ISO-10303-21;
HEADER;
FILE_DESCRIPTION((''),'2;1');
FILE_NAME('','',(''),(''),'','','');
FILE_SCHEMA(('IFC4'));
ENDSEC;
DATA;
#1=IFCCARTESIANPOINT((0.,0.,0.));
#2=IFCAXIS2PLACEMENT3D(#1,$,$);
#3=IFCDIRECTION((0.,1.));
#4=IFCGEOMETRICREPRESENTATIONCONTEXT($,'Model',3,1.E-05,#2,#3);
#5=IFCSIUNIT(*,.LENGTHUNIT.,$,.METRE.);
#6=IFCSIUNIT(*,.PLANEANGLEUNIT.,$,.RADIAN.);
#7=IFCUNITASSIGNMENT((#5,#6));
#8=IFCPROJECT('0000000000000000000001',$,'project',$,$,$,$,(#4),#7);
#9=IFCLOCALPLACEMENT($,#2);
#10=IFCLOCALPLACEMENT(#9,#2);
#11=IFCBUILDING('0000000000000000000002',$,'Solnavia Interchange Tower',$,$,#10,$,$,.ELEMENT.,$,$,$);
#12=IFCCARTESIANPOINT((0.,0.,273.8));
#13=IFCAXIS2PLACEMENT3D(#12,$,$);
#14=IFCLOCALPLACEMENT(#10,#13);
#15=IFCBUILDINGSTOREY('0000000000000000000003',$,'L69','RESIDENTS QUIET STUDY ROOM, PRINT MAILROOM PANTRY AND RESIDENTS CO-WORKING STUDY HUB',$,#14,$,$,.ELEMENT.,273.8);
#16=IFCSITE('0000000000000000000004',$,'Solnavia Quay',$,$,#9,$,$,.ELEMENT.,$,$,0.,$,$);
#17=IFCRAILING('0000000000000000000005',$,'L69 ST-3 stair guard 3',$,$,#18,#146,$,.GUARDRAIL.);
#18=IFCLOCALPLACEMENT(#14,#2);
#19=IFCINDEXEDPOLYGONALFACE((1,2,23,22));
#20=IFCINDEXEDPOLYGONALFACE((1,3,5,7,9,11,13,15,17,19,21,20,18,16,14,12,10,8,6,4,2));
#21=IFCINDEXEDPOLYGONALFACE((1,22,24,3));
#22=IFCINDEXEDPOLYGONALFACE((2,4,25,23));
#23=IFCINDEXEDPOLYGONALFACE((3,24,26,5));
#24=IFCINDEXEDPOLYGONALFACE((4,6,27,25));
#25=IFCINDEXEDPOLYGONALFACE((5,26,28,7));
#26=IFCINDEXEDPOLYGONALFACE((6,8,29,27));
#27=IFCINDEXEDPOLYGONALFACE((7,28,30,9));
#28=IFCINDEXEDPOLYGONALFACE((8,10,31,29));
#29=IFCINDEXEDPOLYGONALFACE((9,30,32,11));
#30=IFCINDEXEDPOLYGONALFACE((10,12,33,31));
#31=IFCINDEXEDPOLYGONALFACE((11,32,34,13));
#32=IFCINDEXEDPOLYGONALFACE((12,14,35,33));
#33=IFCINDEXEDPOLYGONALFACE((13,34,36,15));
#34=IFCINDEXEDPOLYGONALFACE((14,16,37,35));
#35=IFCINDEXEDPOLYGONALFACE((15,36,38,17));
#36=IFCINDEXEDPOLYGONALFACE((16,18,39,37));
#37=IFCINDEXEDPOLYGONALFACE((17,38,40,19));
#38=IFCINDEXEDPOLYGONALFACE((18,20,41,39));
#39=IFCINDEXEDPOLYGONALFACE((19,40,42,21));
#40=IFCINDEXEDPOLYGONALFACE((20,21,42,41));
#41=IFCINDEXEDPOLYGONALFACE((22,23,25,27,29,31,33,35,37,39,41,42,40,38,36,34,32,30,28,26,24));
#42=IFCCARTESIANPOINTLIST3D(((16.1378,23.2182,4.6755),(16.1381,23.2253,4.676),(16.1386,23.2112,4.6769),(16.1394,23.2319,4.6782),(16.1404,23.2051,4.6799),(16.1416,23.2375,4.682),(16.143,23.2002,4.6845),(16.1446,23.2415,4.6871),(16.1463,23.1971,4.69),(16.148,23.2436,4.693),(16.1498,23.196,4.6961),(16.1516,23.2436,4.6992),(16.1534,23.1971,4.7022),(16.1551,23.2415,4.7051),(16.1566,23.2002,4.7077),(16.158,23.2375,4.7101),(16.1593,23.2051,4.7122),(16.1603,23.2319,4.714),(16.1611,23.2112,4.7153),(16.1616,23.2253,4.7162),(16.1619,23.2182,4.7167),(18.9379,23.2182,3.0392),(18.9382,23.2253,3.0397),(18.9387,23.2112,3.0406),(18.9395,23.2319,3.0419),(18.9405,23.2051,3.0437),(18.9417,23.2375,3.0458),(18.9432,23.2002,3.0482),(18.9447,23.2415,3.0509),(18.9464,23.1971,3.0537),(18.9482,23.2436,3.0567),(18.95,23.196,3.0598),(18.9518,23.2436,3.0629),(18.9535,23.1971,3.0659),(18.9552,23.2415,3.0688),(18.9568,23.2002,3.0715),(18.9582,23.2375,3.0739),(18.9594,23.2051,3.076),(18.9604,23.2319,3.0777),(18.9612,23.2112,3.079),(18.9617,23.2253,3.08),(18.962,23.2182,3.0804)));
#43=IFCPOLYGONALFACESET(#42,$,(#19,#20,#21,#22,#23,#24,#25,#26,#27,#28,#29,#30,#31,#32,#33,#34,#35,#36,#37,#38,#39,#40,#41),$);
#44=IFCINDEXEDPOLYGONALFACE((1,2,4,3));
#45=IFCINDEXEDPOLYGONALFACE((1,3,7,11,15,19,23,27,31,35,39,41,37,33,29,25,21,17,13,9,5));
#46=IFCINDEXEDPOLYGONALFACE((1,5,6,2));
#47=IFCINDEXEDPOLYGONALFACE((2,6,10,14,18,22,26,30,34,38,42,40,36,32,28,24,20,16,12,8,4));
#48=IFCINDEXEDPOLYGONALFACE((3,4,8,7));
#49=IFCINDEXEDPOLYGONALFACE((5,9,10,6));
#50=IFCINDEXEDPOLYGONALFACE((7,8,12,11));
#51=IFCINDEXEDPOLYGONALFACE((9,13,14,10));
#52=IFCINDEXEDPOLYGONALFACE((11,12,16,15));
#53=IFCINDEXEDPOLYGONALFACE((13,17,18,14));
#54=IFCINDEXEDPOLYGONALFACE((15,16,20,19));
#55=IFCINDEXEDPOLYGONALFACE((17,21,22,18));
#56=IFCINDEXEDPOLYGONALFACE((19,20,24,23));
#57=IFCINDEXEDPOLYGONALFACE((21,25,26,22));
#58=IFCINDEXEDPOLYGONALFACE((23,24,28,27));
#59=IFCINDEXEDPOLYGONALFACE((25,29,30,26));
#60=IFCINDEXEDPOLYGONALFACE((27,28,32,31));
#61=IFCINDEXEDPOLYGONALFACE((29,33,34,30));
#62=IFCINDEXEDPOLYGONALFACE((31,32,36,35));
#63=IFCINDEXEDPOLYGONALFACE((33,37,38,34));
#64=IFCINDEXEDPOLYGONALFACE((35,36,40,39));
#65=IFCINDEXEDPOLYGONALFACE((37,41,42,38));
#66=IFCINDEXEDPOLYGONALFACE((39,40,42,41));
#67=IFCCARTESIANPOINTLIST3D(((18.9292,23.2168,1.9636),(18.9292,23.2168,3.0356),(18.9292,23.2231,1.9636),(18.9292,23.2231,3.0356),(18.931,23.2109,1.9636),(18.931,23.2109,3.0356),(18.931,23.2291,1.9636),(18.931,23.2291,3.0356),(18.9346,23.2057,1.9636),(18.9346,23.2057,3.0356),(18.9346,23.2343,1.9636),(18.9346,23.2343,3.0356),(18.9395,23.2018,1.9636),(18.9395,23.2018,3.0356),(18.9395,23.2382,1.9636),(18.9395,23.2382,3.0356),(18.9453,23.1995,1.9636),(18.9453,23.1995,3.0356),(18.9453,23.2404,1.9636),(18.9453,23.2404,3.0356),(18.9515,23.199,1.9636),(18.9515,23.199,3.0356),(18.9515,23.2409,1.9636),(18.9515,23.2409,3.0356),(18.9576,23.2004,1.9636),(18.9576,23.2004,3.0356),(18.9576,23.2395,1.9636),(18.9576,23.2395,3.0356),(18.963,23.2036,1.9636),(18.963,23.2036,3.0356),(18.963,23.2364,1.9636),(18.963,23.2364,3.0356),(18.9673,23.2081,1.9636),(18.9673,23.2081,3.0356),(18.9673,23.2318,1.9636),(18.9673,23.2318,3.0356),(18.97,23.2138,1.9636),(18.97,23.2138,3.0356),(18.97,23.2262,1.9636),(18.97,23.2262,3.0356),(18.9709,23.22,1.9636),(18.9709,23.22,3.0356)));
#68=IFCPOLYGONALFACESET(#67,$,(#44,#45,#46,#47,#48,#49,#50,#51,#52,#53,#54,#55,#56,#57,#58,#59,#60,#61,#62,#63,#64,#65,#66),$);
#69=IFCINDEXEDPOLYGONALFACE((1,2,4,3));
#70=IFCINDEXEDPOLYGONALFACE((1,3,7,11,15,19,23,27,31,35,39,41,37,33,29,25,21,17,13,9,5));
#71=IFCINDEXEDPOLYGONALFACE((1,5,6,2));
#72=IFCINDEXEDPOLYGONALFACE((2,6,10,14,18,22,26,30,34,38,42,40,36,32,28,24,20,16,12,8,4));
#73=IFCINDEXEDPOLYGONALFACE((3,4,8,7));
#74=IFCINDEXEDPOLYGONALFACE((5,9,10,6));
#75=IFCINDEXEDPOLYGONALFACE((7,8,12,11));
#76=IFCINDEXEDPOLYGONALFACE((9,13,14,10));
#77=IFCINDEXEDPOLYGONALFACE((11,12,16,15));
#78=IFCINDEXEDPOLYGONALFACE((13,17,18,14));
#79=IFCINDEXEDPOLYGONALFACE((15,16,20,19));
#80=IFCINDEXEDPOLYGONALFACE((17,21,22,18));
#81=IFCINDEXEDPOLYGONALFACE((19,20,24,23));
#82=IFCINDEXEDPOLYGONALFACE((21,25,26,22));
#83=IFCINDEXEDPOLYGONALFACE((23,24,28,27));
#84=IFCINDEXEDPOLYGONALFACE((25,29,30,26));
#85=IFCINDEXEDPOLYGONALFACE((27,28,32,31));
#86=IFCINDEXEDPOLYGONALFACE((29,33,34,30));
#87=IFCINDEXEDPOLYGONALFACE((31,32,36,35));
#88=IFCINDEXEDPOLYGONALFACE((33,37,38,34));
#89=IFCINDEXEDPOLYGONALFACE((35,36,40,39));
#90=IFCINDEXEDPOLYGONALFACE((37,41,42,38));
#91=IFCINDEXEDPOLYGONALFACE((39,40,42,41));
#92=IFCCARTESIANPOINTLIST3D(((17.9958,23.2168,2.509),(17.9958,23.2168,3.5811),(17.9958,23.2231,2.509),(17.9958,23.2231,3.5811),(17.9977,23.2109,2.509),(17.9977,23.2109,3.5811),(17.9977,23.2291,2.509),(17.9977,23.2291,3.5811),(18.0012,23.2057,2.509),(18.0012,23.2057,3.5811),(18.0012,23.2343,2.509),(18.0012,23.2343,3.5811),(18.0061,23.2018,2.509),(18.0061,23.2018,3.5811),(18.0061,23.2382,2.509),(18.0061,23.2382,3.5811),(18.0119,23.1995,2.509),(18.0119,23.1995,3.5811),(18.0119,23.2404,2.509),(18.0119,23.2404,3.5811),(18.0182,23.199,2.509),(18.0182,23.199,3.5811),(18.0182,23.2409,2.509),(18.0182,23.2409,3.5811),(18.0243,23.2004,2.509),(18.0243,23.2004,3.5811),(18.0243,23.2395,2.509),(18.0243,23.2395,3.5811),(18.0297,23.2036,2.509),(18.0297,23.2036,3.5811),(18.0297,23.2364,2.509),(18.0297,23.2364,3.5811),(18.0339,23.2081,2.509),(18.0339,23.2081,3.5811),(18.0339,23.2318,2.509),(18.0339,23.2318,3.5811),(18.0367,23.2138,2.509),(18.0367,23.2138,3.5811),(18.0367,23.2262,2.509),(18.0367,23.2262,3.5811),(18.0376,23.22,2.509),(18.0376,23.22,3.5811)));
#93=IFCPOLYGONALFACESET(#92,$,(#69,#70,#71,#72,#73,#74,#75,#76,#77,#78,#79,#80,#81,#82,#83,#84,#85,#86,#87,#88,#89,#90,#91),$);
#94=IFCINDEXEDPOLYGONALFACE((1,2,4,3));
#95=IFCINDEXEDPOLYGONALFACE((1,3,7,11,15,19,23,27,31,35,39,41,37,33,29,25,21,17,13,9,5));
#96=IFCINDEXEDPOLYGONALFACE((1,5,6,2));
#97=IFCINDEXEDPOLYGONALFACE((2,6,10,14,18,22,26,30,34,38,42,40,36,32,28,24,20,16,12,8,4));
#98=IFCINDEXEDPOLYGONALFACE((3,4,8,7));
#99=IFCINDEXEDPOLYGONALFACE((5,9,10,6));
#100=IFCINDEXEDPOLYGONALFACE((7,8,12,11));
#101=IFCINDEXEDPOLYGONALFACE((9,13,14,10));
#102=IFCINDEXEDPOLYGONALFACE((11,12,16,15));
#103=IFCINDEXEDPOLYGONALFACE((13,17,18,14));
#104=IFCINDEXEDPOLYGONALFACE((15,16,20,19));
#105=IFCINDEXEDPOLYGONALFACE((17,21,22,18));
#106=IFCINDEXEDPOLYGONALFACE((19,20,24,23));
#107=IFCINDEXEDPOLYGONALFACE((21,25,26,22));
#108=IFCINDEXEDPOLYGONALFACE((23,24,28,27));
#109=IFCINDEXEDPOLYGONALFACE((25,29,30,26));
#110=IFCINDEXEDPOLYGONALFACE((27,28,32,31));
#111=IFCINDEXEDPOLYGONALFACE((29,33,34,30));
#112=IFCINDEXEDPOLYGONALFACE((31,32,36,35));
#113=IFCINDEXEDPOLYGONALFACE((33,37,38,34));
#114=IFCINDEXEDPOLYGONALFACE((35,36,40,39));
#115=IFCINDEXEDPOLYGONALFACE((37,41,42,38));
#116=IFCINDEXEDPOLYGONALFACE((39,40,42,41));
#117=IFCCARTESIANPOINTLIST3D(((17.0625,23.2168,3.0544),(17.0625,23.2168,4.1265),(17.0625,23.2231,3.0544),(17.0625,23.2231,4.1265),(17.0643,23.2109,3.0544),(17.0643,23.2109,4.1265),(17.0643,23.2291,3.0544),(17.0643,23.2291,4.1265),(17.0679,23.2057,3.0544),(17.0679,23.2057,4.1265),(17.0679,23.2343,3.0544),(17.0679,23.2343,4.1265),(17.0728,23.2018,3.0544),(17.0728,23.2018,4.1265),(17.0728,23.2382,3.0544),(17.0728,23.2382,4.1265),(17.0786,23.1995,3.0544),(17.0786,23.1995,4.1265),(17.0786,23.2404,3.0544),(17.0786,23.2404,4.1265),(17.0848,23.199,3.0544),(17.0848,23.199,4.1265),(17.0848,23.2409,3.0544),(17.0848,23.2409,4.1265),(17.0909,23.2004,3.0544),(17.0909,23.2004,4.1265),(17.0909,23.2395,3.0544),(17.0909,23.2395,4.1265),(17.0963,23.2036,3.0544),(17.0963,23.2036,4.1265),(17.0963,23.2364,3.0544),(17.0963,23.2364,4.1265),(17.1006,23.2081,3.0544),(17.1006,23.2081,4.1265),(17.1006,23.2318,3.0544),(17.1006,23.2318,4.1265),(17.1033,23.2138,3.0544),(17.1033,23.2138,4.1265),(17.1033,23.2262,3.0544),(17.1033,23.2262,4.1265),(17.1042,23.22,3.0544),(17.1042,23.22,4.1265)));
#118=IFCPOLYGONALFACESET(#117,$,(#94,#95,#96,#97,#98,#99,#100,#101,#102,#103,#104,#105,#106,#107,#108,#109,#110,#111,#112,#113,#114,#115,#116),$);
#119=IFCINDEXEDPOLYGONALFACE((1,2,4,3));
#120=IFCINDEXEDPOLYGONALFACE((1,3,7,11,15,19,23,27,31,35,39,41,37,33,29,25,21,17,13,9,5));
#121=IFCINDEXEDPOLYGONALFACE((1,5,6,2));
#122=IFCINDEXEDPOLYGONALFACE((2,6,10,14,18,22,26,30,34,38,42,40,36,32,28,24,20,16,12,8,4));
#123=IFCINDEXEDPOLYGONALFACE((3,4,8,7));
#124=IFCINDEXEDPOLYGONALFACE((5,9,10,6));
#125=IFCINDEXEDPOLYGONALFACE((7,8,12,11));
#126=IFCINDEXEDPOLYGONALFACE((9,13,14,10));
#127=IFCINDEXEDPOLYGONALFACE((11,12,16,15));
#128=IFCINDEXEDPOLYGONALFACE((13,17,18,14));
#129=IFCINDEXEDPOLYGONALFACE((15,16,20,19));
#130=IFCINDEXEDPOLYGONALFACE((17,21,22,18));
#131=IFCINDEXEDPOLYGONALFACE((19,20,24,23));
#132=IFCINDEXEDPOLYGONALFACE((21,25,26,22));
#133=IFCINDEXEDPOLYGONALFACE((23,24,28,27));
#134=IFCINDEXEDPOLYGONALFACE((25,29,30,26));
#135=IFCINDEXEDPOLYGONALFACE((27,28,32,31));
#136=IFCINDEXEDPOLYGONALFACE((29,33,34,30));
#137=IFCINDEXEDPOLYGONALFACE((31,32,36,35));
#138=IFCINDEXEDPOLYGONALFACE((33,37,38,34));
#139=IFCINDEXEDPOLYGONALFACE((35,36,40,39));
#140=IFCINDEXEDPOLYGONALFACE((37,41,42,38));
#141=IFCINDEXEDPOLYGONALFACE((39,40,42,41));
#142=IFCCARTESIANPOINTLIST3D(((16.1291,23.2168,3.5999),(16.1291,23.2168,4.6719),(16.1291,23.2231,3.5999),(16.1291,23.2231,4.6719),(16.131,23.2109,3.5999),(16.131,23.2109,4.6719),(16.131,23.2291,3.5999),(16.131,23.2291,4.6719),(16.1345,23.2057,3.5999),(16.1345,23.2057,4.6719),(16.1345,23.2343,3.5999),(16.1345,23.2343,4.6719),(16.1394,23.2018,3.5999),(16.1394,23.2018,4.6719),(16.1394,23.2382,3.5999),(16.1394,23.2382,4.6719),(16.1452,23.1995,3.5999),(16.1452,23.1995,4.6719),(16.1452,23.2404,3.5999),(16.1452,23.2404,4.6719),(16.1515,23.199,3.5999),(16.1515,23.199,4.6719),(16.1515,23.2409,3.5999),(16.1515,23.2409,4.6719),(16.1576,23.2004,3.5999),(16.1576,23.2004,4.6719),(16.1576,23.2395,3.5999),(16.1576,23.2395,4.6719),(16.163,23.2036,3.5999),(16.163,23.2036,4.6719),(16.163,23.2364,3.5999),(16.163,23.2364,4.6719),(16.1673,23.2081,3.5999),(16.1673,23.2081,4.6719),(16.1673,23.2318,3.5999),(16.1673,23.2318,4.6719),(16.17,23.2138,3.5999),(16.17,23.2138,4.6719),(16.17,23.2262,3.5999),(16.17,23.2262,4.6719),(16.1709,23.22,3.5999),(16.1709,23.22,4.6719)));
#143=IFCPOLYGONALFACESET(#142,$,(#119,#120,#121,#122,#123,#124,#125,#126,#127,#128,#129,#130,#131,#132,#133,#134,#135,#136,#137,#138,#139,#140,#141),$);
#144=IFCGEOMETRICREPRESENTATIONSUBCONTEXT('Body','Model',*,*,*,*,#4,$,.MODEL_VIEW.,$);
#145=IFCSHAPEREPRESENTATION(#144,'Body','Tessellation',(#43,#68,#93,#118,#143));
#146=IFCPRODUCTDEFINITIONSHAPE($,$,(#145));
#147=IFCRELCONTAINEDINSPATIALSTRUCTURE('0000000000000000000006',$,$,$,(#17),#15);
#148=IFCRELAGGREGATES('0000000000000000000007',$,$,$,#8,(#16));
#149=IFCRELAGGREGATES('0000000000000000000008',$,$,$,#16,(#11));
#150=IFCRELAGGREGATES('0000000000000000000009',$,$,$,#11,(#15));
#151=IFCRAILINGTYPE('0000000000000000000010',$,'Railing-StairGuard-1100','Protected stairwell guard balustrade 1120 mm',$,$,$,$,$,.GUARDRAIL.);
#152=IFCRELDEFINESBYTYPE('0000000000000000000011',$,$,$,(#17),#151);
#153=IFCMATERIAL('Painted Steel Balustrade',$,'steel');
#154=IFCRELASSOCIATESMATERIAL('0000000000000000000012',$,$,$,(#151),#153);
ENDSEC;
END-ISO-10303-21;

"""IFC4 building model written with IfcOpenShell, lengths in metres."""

from ifc_helpers import new_model, si_unit, direction, frame, origin, origin_2d, place, context, subcontext, project, spatial, circle, extrude, material, type_object, element, save


model = new_model("IFC4")

# Units and contexts
model_context = context("Model", 3, precision=1e-05, world=origin(), true_north=direction((0.0, 1.0)))
body_context = subcontext(model_context, "Body", "Model", "MODEL_VIEW")
ifc_project = project(units=[si_unit("LENGTHUNIT", "METRE"), si_unit("PLANEANGLEUNIT", "RADIAN")], contexts=[model_context])

# Site, building, storey
site_placement = place(None, origin())
site = spatial("IfcSite", under=ifc_project, at=site_placement, Name="Solnavia Quay", CompositionType="ELEMENT", RefElevation=0.0)
building_placement = place(site_placement, origin())
building = spatial("IfcBuilding", under=site, at=building_placement, Name="Solnavia Interchange Tower", CompositionType="ELEMENT")
storey_placement = place(building_placement, frame((0.0, 0.0, 273.8)))
storey = spatial("IfcBuildingStorey", under=building, at=storey_placement, Name="L69", Description="RESIDENTS QUIET STUDY ROOM, PRINT MAILROOM PANTRY AND RESIDENTS CO-WORKING STUDY HUB", CompositionType="ELEMENT", Elevation=273.8)

# Railing
ifc_material_1 = material(Name="Painted Steel Balustrade", Category="steel")
railing_type_1 = type_object("IfcRailingType", Name="Railing-StairGuard-1100", Description="Protected stairwell guard balustrade 1120 mm", PredefinedType="GUARDRAIL", material=ifc_material_1)
railing_1_placement = place(storey_placement, frame((18.95, 23.22, 1.9636)))
element("IfcRailing", 1, at=railing_1_placement, inside=storey, type_object=railing_type_1, Name="L69 ST-3 stair guard 3", PredefinedType="GUARDRAIL", context=body_context, shape_type="SweptSolid", body=[
    extrude(circle(Radius=0.0239, at=origin_2d()), frame((0.0, 0.0, 1.0962), z_axis=(-0.863394, 0.0, 0.504531), x_axis=(0.0, -1.0, 0.0)), (0.0, 0.0, 1.0), 3.2432),
    extrude(circle(Radius=0.021, at=origin_2d()), origin(), (0.0, 0.0, 1.0), 1.072),
    extrude(circle(Radius=0.021, at=origin_2d()), frame((-0.9333, 0.0, 0.5454)), (0.0, 0.0, 1.0), 1.072),
    extrude(circle(Radius=0.021, at=origin_2d()), frame((-1.8667, 0.0, 1.0908)), (0.0, 0.0, 1.0), 1.072),
    extrude(circle(Radius=0.021, at=origin_2d()), frame((-2.8, 0.0, 1.6362)), (0.0, 0.0, 1.0), 1.072),
])

save(model, "model.ifc")
